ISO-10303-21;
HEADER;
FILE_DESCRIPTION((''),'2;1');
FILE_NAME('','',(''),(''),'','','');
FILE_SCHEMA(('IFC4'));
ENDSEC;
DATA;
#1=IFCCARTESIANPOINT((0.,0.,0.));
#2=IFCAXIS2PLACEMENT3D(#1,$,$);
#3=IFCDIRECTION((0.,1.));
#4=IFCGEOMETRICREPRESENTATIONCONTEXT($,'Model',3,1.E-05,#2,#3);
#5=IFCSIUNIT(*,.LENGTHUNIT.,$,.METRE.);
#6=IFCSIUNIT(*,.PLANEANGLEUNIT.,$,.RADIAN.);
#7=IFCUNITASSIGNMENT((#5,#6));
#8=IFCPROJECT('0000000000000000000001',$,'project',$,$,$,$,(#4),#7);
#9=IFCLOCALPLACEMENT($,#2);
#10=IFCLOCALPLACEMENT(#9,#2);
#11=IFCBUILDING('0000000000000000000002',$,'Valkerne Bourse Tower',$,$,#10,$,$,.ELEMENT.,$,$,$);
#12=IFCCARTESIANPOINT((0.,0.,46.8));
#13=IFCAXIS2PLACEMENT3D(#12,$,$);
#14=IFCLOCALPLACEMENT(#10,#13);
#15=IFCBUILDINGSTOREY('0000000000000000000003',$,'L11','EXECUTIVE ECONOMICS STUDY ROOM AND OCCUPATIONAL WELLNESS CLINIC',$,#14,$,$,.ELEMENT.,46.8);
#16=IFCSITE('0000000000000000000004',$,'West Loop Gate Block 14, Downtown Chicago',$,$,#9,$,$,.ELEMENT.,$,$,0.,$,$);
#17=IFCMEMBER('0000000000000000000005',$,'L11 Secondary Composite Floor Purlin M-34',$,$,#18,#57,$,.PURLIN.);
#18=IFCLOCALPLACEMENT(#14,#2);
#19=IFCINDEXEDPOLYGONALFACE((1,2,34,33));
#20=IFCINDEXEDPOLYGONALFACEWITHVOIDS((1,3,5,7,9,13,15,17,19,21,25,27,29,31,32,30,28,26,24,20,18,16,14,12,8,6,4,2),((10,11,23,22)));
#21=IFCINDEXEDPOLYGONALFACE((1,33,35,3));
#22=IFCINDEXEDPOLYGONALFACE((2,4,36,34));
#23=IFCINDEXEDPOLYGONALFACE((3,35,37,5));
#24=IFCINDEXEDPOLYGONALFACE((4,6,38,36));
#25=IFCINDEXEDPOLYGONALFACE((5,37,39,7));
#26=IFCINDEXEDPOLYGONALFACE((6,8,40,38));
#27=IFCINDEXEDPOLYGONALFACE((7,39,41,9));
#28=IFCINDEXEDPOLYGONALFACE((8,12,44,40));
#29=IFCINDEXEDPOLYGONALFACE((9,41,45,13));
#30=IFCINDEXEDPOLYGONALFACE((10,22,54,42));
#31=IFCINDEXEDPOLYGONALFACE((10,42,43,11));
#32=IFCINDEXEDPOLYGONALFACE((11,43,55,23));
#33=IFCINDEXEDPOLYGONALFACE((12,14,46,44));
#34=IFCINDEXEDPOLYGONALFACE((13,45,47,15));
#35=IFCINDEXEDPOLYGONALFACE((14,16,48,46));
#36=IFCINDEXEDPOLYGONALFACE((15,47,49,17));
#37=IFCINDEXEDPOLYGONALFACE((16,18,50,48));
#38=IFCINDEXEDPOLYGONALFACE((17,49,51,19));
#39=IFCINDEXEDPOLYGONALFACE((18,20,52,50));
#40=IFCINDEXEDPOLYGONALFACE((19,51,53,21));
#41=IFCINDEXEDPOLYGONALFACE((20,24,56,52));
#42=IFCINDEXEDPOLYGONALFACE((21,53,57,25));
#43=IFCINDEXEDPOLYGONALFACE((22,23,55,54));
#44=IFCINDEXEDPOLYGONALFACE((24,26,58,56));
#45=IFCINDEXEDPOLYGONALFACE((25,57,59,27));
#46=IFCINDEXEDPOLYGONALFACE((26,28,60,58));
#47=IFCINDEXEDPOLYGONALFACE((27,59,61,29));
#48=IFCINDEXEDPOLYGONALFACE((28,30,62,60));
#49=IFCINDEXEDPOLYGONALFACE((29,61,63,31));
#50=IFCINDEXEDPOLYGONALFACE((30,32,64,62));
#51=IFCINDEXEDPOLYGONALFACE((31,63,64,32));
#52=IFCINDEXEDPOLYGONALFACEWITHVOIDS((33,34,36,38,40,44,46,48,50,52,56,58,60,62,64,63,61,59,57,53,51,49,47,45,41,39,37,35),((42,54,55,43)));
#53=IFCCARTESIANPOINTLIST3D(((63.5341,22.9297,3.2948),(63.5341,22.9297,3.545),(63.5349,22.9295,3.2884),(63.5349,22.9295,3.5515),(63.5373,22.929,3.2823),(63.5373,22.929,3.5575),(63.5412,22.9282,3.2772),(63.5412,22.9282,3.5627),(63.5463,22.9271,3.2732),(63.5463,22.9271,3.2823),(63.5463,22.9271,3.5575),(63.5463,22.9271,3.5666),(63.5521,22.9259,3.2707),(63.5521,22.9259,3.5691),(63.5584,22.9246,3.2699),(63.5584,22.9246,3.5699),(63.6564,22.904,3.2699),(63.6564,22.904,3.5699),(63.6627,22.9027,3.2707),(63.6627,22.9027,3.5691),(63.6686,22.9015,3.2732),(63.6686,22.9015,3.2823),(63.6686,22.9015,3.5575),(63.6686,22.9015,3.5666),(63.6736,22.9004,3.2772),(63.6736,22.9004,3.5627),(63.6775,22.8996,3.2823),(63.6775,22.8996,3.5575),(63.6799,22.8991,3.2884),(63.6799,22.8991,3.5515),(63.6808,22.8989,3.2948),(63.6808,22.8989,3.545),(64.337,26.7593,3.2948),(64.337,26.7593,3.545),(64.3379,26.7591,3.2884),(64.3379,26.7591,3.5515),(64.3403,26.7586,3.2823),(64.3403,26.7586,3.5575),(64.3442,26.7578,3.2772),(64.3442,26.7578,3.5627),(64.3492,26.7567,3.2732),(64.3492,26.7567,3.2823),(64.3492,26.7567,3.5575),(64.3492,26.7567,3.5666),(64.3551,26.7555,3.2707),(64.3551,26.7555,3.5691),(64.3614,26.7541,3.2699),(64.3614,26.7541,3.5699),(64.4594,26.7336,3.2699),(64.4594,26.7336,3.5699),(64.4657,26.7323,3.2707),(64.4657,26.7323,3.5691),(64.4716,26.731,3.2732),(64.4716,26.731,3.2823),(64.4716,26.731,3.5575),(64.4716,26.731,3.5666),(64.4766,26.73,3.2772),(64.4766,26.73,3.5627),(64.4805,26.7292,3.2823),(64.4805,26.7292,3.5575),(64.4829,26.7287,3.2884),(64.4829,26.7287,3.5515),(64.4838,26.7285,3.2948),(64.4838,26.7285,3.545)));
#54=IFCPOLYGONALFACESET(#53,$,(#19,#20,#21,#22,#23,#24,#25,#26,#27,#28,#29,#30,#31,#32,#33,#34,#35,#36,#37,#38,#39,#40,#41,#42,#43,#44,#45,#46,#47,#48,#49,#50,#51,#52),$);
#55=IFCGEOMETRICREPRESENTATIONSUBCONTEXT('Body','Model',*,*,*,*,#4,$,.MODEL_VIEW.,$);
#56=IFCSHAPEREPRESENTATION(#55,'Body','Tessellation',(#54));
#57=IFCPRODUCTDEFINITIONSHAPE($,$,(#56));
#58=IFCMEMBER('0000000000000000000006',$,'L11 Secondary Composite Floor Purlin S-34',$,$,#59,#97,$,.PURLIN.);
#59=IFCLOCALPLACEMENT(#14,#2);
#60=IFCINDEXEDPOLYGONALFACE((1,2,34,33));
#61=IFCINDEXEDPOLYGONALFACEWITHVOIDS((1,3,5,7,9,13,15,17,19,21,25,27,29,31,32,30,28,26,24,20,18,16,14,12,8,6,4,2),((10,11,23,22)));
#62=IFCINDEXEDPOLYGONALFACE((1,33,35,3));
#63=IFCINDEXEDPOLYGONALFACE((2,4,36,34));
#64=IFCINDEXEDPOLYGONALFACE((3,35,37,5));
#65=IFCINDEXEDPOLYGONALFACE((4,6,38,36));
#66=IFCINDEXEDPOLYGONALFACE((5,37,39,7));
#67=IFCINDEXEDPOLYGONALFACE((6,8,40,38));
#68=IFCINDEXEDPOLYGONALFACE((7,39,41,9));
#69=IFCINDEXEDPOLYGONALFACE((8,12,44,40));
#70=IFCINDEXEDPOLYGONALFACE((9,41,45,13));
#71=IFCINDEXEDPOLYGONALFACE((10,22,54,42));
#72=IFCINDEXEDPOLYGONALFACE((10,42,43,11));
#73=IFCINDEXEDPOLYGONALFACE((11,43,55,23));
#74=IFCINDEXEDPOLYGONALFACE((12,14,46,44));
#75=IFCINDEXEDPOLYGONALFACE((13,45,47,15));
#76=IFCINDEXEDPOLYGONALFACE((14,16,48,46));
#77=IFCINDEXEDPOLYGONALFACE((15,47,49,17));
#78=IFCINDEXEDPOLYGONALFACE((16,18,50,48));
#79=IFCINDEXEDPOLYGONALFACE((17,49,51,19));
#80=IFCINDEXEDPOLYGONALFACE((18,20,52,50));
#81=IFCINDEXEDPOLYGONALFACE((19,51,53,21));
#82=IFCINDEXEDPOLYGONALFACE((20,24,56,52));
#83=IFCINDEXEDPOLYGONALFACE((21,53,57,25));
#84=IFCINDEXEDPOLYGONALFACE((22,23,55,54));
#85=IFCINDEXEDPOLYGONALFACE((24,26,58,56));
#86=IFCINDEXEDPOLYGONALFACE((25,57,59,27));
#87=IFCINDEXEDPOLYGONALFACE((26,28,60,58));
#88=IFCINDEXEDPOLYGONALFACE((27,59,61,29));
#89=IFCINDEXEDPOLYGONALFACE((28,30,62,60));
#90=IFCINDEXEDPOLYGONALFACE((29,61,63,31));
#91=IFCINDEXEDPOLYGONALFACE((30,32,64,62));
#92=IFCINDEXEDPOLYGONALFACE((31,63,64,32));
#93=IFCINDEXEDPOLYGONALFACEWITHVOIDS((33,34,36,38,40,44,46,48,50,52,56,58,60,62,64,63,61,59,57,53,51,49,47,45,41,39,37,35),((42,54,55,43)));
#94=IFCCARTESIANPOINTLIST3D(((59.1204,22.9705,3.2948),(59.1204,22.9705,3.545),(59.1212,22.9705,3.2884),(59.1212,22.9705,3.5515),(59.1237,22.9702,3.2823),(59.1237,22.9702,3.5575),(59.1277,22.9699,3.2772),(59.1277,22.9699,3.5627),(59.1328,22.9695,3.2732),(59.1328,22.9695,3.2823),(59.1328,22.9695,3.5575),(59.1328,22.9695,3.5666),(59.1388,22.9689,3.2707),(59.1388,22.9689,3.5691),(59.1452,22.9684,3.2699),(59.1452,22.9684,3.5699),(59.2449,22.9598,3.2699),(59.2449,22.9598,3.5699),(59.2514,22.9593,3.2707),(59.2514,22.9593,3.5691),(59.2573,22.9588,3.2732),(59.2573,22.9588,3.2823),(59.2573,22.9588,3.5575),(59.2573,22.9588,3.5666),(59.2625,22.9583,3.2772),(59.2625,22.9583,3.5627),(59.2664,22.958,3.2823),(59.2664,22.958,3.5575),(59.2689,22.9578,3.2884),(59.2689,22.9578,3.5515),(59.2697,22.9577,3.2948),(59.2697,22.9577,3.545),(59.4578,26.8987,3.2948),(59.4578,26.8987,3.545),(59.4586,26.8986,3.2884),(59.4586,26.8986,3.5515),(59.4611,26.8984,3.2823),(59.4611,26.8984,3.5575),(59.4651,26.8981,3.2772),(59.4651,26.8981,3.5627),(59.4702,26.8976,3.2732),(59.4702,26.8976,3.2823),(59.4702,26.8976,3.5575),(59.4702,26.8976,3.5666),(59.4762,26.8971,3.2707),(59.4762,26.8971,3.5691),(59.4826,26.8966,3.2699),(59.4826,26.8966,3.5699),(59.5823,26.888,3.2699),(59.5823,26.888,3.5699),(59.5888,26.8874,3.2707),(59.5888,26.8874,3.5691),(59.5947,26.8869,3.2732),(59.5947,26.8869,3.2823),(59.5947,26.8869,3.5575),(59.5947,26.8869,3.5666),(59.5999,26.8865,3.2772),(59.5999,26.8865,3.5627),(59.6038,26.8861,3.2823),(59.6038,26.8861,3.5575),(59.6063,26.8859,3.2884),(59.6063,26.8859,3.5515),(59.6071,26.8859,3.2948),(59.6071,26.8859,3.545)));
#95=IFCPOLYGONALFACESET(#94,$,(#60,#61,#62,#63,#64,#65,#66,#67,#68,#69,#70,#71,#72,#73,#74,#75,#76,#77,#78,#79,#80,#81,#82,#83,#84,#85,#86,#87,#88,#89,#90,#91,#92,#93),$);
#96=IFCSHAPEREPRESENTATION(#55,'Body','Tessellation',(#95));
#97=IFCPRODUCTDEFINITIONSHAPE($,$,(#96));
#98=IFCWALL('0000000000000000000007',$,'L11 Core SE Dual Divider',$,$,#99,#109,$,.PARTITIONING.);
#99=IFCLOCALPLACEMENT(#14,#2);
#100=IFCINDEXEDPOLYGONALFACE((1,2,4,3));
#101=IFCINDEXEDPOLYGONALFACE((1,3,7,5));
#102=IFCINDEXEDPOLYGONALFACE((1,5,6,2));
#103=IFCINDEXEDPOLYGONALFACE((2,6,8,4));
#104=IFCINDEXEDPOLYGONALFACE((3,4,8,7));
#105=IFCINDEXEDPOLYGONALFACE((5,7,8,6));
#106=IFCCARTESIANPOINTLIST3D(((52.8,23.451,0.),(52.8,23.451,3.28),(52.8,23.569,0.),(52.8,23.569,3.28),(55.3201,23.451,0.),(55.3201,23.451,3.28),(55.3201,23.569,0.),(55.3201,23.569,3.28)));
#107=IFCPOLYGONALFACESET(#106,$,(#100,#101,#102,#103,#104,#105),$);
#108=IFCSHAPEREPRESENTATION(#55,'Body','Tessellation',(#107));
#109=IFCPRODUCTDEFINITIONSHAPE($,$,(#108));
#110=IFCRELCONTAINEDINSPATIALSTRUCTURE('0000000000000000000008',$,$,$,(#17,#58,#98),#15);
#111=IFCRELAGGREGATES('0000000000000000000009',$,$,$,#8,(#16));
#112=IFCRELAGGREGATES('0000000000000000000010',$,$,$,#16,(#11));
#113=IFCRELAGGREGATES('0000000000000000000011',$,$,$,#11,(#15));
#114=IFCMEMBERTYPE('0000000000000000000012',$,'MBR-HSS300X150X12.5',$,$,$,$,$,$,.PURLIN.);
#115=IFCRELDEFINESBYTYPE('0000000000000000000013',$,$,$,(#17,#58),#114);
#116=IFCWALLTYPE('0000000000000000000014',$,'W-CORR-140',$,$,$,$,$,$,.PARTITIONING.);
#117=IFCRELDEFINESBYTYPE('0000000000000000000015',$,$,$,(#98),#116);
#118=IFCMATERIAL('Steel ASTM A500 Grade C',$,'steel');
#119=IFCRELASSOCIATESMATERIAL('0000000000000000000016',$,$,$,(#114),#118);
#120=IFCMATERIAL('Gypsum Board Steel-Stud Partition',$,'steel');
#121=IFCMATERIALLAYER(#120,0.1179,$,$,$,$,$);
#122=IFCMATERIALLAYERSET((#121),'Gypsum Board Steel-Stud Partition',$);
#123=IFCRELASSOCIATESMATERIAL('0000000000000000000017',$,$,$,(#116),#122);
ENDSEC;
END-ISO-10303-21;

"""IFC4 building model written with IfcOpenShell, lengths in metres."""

from ifc_helpers import new_model, si_unit, direction, frame, frame_2d, origin, origin_2d, place, context, subcontext, project, spatial, rectangle, hollow_rectangle, extrude, material, layer, layer_set, material_profile, profile_set, type_object, element, save


model = new_model("IFC4")

# Units and contexts
model_context = context("Model", 3, precision=1e-05, world=origin(), true_north=direction((0.0, 1.0)))
body_context = subcontext(model_context, "Body", "Model", "MODEL_VIEW")
ifc_project = project(units=[si_unit("LENGTHUNIT", "METRE"), si_unit("PLANEANGLEUNIT", "RADIAN")], contexts=[model_context])

# Site, building, storey
site_placement = place(None, origin())
site = spatial("IfcSite", under=ifc_project, at=site_placement, Name="West Loop Gate Block 14, Downtown Chicago", CompositionType="ELEMENT", RefElevation=0.0)
building_placement = place(site_placement, origin())
building = spatial("IfcBuilding", under=site, at=building_placement, Name="Valkerne Bourse Tower", CompositionType="ELEMENT")
storey_placement = place(building_placement, frame((0.0, 0.0, 46.8)))
storey = spatial("IfcBuildingStorey", under=building, at=storey_placement, Name="L11", Description="EXECUTIVE ECONOMICS STUDY ROOM AND OCCUPATIONAL WELLNESS CLINIC", CompositionType="ELEMENT", Elevation=46.8)

# Members
ifc_material_1 = material(Name="Steel ASTM A500 Grade C", Category="steel")
ifc_material_profile_1 = material_profile(ifc_material_1, hollow_rectangle(XDim=0.1499, YDim=0.3, WallThickness=0.0125, OuterFilletRadius=0.0249, at=origin_2d()), Name="HSS300X150X12.5")
ifc_profile_set_1 = profile_set([ifc_material_profile_1], Name="Steel ASTM A500 Grade C")
member_type = type_object("IfcMemberType", Name="MBR-HSS300X150X12.5", PredefinedType="PURLIN", material=ifc_profile_set_1)
member_1_placement = place(storey_placement, frame((63.6074, 22.9143, 3.4199), z_axis=(0.205215, 0.978717, 0.0), x_axis=(-0.978717, 0.205215, 0.0)))
element("IfcMember", 1, at=member_1_placement, inside=storey, type_object=member_type, Name="L11 Secondary Composite Floor Purlin M-34", PredefinedType="PURLIN", context=body_context, shape_type="SweptSolid", body=[
    extrude(hollow_rectangle(XDim=0.1499, YDim=0.3, WallThickness=0.0125, OuterFilletRadius=0.0249, at=origin_2d()), origin(), (0.0, 0.0, 1.0), 3.9128),
])
member_2_placement = place(storey_placement, frame((59.1951, 22.9641, 3.4199), z_axis=(0.085577, 0.996332, 0.0), x_axis=(-0.996332, 0.085577, 0.0)))
element("IfcMember", 2, at=member_2_placement, inside=storey, type_object=member_type, Name="L11 Secondary Composite Floor Purlin S-34", PredefinedType="PURLIN", context=body_context, shape_type="SweptSolid", body=[
    extrude(hollow_rectangle(XDim=0.1499, YDim=0.3, WallThickness=0.0125, OuterFilletRadius=0.0249, at=origin_2d()), origin(), (0.0, 0.0, 1.0), 3.9426),
])

# Wall
ifc_material_2 = material(Name="Gypsum Board Steel-Stud Partition", Category="steel")
ifc_layer_1 = layer(ifc_material_2, 0.1179)
ifc_layer_set_1 = layer_set([ifc_layer_1], Name="Gypsum Board Steel-Stud Partition")
wall_type_1 = type_object("IfcWallType", Name="W-CORR-140", PredefinedType="PARTITIONING", material=ifc_layer_set_1)
wall_1_placement = place(storey_placement, frame((52.8, 23.51, 0.0), z_axis=(0.0, 0.0, 1.0), x_axis=(1.0, 0.0, 0.0)))
element("IfcWall", 3, at=wall_1_placement, inside=storey, type_object=wall_type_1, Name="L11 Core SE Dual Divider", PredefinedType="PARTITIONING", context=body_context, shape_type="SweptSolid", body=[
    extrude(rectangle(XDim=2.52, YDim=0.1179, at=frame_2d((1.26, 0.0))), origin(), (0.0, 0.0, 1.0), 3.28),
])

save(model, "model.ifc")
